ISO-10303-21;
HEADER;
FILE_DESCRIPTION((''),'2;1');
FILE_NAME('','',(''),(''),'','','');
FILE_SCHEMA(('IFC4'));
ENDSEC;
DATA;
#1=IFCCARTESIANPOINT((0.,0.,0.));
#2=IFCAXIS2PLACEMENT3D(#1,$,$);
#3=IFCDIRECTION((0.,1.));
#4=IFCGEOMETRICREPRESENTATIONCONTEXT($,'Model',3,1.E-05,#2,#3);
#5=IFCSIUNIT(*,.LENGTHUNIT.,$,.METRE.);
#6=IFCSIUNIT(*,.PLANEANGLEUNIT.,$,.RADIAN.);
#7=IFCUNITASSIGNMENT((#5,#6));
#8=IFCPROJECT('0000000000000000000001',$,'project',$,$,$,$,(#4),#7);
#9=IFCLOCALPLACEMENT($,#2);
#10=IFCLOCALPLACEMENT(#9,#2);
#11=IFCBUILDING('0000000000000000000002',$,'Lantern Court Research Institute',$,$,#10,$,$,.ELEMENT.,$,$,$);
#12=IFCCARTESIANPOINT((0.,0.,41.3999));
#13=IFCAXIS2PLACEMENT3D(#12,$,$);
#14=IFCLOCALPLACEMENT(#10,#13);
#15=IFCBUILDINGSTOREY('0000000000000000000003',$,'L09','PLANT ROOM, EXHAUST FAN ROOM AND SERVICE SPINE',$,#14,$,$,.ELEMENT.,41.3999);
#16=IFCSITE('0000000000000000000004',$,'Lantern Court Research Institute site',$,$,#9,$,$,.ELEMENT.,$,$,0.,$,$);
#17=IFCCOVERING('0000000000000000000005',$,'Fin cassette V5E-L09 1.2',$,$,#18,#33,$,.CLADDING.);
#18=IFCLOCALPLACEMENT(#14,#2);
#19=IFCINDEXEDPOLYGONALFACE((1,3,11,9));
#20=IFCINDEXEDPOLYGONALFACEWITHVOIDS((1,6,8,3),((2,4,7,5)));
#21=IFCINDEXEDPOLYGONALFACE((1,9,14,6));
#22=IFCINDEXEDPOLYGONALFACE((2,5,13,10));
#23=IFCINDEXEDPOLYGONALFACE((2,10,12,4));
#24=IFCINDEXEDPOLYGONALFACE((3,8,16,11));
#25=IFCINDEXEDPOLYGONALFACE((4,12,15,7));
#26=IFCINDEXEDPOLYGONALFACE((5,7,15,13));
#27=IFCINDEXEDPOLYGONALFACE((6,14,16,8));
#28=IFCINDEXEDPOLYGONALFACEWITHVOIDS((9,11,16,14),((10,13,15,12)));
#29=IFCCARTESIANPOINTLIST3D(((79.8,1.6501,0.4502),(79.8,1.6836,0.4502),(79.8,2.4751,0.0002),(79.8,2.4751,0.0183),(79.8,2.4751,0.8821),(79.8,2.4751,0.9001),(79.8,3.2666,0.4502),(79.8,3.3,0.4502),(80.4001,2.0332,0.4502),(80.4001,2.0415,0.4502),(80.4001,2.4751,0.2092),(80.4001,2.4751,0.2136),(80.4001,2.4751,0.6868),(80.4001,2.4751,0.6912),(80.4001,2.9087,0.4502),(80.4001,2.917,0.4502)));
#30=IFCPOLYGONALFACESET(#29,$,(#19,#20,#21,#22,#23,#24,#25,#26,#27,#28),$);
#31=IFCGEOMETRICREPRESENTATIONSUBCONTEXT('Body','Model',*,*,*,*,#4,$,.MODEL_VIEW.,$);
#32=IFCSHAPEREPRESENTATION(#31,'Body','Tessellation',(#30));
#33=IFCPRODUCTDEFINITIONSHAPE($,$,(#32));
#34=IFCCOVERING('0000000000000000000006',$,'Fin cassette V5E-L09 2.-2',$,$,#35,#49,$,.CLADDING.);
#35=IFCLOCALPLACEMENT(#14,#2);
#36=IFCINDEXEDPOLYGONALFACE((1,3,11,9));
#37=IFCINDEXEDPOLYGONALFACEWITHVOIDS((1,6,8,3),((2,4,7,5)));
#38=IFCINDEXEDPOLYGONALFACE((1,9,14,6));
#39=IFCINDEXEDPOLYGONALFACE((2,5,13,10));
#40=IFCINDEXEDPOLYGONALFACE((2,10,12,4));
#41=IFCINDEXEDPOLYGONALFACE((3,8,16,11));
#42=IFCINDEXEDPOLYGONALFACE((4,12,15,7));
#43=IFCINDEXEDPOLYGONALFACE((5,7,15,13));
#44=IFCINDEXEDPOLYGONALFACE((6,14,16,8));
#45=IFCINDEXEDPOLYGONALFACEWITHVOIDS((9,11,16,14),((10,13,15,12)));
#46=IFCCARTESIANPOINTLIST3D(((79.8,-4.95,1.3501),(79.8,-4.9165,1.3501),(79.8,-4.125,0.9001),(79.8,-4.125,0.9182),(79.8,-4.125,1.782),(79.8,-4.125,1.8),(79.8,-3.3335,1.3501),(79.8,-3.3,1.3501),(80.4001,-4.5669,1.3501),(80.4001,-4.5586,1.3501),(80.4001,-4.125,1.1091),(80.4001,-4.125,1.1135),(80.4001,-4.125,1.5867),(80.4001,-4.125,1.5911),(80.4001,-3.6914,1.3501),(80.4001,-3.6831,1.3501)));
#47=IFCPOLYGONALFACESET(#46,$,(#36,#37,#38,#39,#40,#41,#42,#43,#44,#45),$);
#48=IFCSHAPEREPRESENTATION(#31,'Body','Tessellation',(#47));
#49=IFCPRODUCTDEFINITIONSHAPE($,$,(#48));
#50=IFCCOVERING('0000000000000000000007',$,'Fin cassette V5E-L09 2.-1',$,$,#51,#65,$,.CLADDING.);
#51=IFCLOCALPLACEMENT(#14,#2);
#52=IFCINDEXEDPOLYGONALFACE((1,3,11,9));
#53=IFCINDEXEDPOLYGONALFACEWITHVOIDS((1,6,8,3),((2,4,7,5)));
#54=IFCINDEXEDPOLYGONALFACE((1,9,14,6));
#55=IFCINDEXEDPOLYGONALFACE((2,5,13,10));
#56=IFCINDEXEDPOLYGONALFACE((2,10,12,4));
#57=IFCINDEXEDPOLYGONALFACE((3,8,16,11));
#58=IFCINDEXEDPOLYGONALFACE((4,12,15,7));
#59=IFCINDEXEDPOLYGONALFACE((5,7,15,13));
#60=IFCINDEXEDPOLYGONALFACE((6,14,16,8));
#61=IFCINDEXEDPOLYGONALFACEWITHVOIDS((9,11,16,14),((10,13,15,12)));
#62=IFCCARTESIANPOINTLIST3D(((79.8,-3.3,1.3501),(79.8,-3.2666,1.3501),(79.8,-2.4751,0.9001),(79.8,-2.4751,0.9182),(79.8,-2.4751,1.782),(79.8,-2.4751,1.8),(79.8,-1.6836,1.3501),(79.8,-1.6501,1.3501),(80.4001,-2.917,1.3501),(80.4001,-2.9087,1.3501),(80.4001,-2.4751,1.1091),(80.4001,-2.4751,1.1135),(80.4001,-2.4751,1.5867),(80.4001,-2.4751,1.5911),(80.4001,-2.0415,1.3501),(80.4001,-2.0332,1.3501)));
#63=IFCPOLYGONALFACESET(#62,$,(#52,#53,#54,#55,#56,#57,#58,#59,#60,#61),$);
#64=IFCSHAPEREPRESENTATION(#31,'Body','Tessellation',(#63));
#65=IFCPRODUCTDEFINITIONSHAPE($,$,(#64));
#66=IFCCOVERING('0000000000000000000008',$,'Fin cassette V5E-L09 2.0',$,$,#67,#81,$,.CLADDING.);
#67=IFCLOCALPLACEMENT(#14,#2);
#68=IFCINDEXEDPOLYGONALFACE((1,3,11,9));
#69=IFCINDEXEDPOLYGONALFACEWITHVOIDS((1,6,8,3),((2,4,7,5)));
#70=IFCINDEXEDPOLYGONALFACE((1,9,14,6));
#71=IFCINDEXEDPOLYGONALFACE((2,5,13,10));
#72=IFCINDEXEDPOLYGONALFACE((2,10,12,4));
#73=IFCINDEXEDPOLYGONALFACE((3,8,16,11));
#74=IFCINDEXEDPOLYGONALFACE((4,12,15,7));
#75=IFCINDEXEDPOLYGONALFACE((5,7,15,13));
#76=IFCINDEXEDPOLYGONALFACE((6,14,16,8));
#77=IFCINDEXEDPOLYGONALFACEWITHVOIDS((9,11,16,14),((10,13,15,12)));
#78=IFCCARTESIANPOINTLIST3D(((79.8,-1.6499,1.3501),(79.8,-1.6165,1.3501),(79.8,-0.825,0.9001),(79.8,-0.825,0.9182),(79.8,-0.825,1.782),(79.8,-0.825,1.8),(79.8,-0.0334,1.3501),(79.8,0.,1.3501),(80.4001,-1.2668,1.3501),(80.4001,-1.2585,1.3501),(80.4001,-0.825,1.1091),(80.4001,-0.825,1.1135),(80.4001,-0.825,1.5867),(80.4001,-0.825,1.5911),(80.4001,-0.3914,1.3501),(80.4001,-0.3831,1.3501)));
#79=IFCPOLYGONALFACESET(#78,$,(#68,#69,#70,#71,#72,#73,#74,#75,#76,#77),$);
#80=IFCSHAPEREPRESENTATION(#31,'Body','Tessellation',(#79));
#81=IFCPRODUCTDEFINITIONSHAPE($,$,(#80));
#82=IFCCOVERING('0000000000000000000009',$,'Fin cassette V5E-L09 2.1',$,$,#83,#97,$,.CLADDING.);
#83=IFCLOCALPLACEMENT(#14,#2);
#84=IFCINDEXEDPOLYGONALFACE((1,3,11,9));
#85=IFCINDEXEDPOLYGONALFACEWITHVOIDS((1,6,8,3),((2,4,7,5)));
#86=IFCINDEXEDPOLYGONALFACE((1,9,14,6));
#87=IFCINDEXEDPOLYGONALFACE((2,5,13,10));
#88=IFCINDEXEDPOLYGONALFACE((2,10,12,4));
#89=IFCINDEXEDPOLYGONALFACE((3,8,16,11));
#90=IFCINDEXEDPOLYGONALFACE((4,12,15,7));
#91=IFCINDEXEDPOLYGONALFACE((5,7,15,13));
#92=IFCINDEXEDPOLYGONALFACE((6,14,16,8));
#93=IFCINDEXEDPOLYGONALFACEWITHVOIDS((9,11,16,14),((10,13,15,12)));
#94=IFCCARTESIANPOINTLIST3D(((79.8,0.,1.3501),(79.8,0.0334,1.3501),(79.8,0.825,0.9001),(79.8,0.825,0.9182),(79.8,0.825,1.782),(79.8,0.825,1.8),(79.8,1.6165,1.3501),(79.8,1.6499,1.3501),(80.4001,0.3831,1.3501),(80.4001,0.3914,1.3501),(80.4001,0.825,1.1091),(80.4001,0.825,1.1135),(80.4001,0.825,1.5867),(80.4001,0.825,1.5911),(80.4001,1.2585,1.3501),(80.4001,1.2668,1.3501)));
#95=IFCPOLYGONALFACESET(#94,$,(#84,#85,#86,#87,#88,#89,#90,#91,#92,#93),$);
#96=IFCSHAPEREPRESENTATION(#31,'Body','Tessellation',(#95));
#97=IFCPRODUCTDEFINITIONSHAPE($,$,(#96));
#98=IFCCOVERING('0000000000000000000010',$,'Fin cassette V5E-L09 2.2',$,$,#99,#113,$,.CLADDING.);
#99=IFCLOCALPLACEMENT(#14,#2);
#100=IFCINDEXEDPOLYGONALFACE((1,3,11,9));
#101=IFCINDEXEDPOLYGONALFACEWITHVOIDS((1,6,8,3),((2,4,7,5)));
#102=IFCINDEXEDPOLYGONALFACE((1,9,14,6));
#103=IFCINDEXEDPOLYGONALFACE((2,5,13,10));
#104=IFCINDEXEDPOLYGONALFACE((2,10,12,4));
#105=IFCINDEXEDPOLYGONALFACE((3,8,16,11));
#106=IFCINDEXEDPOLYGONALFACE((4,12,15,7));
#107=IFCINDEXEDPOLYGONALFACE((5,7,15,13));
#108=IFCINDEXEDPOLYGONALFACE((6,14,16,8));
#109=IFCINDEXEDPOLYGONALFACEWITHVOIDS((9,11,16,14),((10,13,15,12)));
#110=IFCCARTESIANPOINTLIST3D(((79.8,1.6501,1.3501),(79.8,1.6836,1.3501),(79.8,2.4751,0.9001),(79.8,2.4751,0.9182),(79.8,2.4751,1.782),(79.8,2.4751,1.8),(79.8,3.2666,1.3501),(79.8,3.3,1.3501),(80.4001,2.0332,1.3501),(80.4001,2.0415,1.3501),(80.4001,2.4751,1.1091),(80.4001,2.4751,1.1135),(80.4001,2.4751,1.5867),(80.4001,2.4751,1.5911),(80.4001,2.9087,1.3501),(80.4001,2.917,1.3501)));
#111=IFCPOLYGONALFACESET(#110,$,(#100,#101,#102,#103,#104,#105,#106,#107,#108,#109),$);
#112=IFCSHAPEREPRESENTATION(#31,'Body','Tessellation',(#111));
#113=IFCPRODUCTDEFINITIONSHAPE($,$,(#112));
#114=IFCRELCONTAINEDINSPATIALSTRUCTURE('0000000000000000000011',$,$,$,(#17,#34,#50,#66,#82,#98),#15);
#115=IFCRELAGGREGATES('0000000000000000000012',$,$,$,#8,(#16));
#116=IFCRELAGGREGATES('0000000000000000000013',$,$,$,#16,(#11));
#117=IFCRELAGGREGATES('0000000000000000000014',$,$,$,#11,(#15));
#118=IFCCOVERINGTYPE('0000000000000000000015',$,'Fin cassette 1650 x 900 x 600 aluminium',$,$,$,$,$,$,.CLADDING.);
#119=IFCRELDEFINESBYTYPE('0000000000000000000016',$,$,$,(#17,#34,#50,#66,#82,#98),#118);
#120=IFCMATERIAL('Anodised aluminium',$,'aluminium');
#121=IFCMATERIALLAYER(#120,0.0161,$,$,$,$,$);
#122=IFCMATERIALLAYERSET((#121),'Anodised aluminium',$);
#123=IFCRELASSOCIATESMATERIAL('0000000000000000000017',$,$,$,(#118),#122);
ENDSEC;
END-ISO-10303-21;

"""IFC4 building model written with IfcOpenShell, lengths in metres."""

from ifc_helpers import new_model, entity, si_unit, direction, frame, origin, place, context, subcontext, project, spatial, material, layer, layer_set, type_object, element, save


model = new_model("IFC4")

# Units and contexts
model_context = context("Model", 3, precision=1e-05, world=origin(), true_north=direction((0.0, 1.0)))
body_context = subcontext(model_context, "Body", "Model", "MODEL_VIEW")
ifc_project = project(units=[si_unit("LENGTHUNIT", "METRE"), si_unit("PLANEANGLEUNIT", "RADIAN")], contexts=[model_context])

# Site, building, storey
site_placement = place(None, origin())
site = spatial("IfcSite", under=ifc_project, at=site_placement, Name="Lantern Court Research Institute site", CompositionType="ELEMENT", RefElevation=0.0)
building_placement = place(site_placement, origin())
building = spatial("IfcBuilding", under=site, at=building_placement, Name="Lantern Court Research Institute", CompositionType="ELEMENT")
storey_placement = place(building_placement, frame((0.0, 0.0, 41.3999)))
storey = spatial("IfcBuildingStorey", under=building, at=storey_placement, Name="L09", Description="PLANT ROOM, EXHAUST FAN ROOM AND SERVICE SPINE", CompositionType="ELEMENT", Elevation=41.3999)

# Coverings
ifc_material_1 = material(Name="Anodised aluminium", Category="aluminium")
ifc_layer_1 = layer(ifc_material_1, 0.0161)
ifc_layer_set_1 = layer_set([ifc_layer_1], Name="Anodised aluminium")
covering_type = type_object("IfcCoveringType", Name="Fin cassette 1650 x 900 x 600 aluminium", PredefinedType="CLADDING", material=ifc_layer_set_1)
covering_1_placement = place(storey_placement, frame((79.8, 2.4751, 0.4502), z_axis=(1.0, 0.0, 0.0), x_axis=(0.0, 1.0, 0.0)))
cartesian_point_1 = entity("IfcCartesianPoint", [0.825, 0.0])
cartesian_point_2 = entity("IfcCartesianPoint", [0.7915, 0.0])
cartesian_point_3 = entity("IfcCartesianPoint", [0.4419, 0.0])
cartesian_point_4 = entity("IfcCartesianPoint", [0.4336, 0.0])
element("IfcCovering", 1, at=covering_1_placement, inside=storey, type_object=covering_type, Name="Fin cassette V5E-L09 1.2", PredefinedType="CLADDING", context=body_context, shape_type="SweptSolid", body=[
    entity("IfcExtrudedAreaSolidTapered", entity("IfcArbitraryProfileDefWithVoids", "AREA", None, entity("IfcPolyline", [cartesian_point_1, entity("IfcCartesianPoint", [0.0, 0.45]), entity("IfcCartesianPoint", [-0.825, 0.0]), entity("IfcCartesianPoint", [0.0, -0.45]), cartesian_point_1]), [entity("IfcPolyline", [cartesian_point_2, entity("IfcCartesianPoint", [0.0, 0.4319]), entity("IfcCartesianPoint", [-0.7915, 0.0]), entity("IfcCartesianPoint", [0.0, -0.4319]), cartesian_point_2])]), entity("IfcAxis2Placement3D", entity("IfcCartesianPoint", [0.0, 0.0, 0.0])), entity("IfcDirection", [0.0, 0.0, 1.0]), 0.6001, entity("IfcArbitraryProfileDefWithVoids", "AREA", None, entity("IfcPolyline", [cartesian_point_3, entity("IfcCartesianPoint", [0.0, 0.241]), entity("IfcCartesianPoint", [-0.4419, 0.0]), entity("IfcCartesianPoint", [0.0, -0.241]), cartesian_point_3]), [entity("IfcPolyline", [cartesian_point_4, entity("IfcCartesianPoint", [0.0, 0.2366]), entity("IfcCartesianPoint", [-0.4336, 0.0]), entity("IfcCartesianPoint", [0.0, -0.2366]), cartesian_point_4])])),
])
covering_2_placement = place(storey_placement, frame((79.8, -4.125, 1.3501), z_axis=(1.0, 0.0, 0.0), x_axis=(0.0, 1.0, 0.0)))
cartesian_point_5 = entity("IfcCartesianPoint", [0.825, 0.0])
cartesian_point_6 = entity("IfcCartesianPoint", [0.7915, 0.0])
cartesian_point_7 = entity("IfcCartesianPoint", [0.4419, 0.0])
cartesian_point_8 = entity("IfcCartesianPoint", [0.4336, 0.0])
element("IfcCovering", 2, at=covering_2_placement, inside=storey, type_object=covering_type, Name="Fin cassette V5E-L09 2.-2", PredefinedType="CLADDING", context=body_context, shape_type="SweptSolid", body=[
    entity("IfcExtrudedAreaSolidTapered", entity("IfcArbitraryProfileDefWithVoids", "AREA", None, entity("IfcPolyline", [cartesian_point_5, entity("IfcCartesianPoint", [0.0, 0.45]), entity("IfcCartesianPoint", [-0.825, 0.0]), entity("IfcCartesianPoint", [0.0, -0.45]), cartesian_point_5]), [entity("IfcPolyline", [cartesian_point_6, entity("IfcCartesianPoint", [0.0, 0.4319]), entity("IfcCartesianPoint", [-0.7915, 0.0]), entity("IfcCartesianPoint", [0.0, -0.4319]), cartesian_point_6])]), entity("IfcAxis2Placement3D", entity("IfcCartesianPoint", [0.0, 0.0, 0.0])), entity("IfcDirection", [0.0, 0.0, 1.0]), 0.6001, entity("IfcArbitraryProfileDefWithVoids", "AREA", None, entity("IfcPolyline", [cartesian_point_7, entity("IfcCartesianPoint", [0.0, 0.241]), entity("IfcCartesianPoint", [-0.4419, 0.0]), entity("IfcCartesianPoint", [0.0, -0.241]), cartesian_point_7]), [entity("IfcPolyline", [cartesian_point_8, entity("IfcCartesianPoint", [0.0, 0.2366]), entity("IfcCartesianPoint", [-0.4336, 0.0]), entity("IfcCartesianPoint", [0.0, -0.2366]), cartesian_point_8])])),
])
covering_3_placement = place(storey_placement, frame((79.8, -2.4751, 1.3501), z_axis=(1.0, 0.0, 0.0), x_axis=(0.0, 1.0, 0.0)))
cartesian_point_9 = entity("IfcCartesianPoint", [0.825, 0.0])
cartesian_point_10 = entity("IfcCartesianPoint", [0.7915, 0.0])
cartesian_point_11 = entity("IfcCartesianPoint", [0.4419, 0.0])
cartesian_point_12 = entity("IfcCartesianPoint", [0.4336, 0.0])
element("IfcCovering", 3, at=covering_3_placement, inside=storey, type_object=covering_type, Name="Fin cassette V5E-L09 2.-1", PredefinedType="CLADDING", context=body_context, shape_type="SweptSolid", body=[
    entity("IfcExtrudedAreaSolidTapered", entity("IfcArbitraryProfileDefWithVoids", "AREA", None, entity("IfcPolyline", [cartesian_point_9, entity("IfcCartesianPoint", [0.0, 0.45]), entity("IfcCartesianPoint", [-0.825, 0.0]), entity("IfcCartesianPoint", [0.0, -0.45]), cartesian_point_9]), [entity("IfcPolyline", [cartesian_point_10, entity("IfcCartesianPoint", [0.0, 0.4319]), entity("IfcCartesianPoint", [-0.7915, 0.0]), entity("IfcCartesianPoint", [0.0, -0.4319]), cartesian_point_10])]), entity("IfcAxis2Placement3D", entity("IfcCartesianPoint", [0.0, 0.0, 0.0])), entity("IfcDirection", [0.0, 0.0, 1.0]), 0.6001, entity("IfcArbitraryProfileDefWithVoids", "AREA", None, entity("IfcPolyline", [cartesian_point_11, entity("IfcCartesianPoint", [0.0, 0.241]), entity("IfcCartesianPoint", [-0.4419, 0.0]), entity("IfcCartesianPoint", [0.0, -0.241]), cartesian_point_11]), [entity("IfcPolyline", [cartesian_point_12, entity("IfcCartesianPoint", [0.0, 0.2366]), entity("IfcCartesianPoint", [-0.4336, 0.0]), entity("IfcCartesianPoint", [0.0, -0.2366]), cartesian_point_12])])),
])
covering_4_placement = place(storey_placement, frame((79.8, -0.825, 1.3501), z_axis=(1.0, 0.0, 0.0), x_axis=(0.0, 1.0, 0.0)))
cartesian_point_13 = entity("IfcCartesianPoint", [0.825, 0.0])
cartesian_point_14 = entity("IfcCartesianPoint", [0.7915, 0.0])
cartesian_point_15 = entity("IfcCartesianPoint", [0.4419, 0.0])
cartesian_point_16 = entity("IfcCartesianPoint", [0.4336, 0.0])
element("IfcCovering", 4, at=covering_4_placement, inside=storey, type_object=covering_type, Name="Fin cassette V5E-L09 2.0", PredefinedType="CLADDING", context=body_context, shape_type="SweptSolid", body=[
    entity("IfcExtrudedAreaSolidTapered", entity("IfcArbitraryProfileDefWithVoids", "AREA", None, entity("IfcPolyline", [cartesian_point_13, entity("IfcCartesianPoint", [0.0, 0.45]), entity("IfcCartesianPoint", [-0.825, 0.0]), entity("IfcCartesianPoint", [0.0, -0.45]), cartesian_point_13]), [entity("IfcPolyline", [cartesian_point_14, entity("IfcCartesianPoint", [0.0, 0.4319]), entity("IfcCartesianPoint", [-0.7915, 0.0]), entity("IfcCartesianPoint", [0.0, -0.4319]), cartesian_point_14])]), entity("IfcAxis2Placement3D", entity("IfcCartesianPoint", [0.0, 0.0, 0.0])), entity("IfcDirection", [0.0, 0.0, 1.0]), 0.6001, entity("IfcArbitraryProfileDefWithVoids", "AREA", None, entity("IfcPolyline", [cartesian_point_15, entity("IfcCartesianPoint", [0.0, 0.241]), entity("IfcCartesianPoint", [-0.4419, 0.0]), entity("IfcCartesianPoint", [0.0, -0.241]), cartesian_point_15]), [entity("IfcPolyline", [cartesian_point_16, entity("IfcCartesianPoint", [0.0, 0.2366]), entity("IfcCartesianPoint", [-0.4336, 0.0]), entity("IfcCartesianPoint", [0.0, -0.2366]), cartesian_point_16])])),
])
covering_5_placement = place(storey_placement, frame((79.8, 0.825, 1.3501), z_axis=(1.0, 0.0, 0.0), x_axis=(0.0, 1.0, 0.0)))
cartesian_point_17 = entity("IfcCartesianPoint", [0.825, 0.0])
cartesian_point_18 = entity("IfcCartesianPoint", [0.7915, 0.0])
cartesian_point_19 = entity("IfcCartesianPoint", [0.4419, 0.0])
cartesian_point_20 = entity("IfcCartesianPoint", [0.4336, 0.0])
element("IfcCovering", 5, at=covering_5_placement, inside=storey, type_object=covering_type, Name="Fin cassette V5E-L09 2.1", PredefinedType="CLADDING", context=body_context, shape_type="SweptSolid", body=[
    entity("IfcExtrudedAreaSolidTapered", entity("IfcArbitraryProfileDefWithVoids", "AREA", None, entity("IfcPolyline", [cartesian_point_17, entity("IfcCartesianPoint", [0.0, 0.45]), entity("IfcCartesianPoint", [-0.825, 0.0]), entity("IfcCartesianPoint", [0.0, -0.45]), cartesian_point_17]), [entity("IfcPolyline", [cartesian_point_18, entity("IfcCartesianPoint", [0.0, 0.4319]), entity("IfcCartesianPoint", [-0.7915, 0.0]), entity("IfcCartesianPoint", [0.0, -0.4319]), cartesian_point_18])]), entity("IfcAxis2Placement3D", entity("IfcCartesianPoint", [0.0, 0.0, 0.0])), entity("IfcDirection", [0.0, 0.0, 1.0]), 0.6001, entity("IfcArbitraryProfileDefWithVoids", "AREA", None, entity("IfcPolyline", [cartesian_point_19, entity("IfcCartesianPoint", [0.0, 0.241]), entity("IfcCartesianPoint", [-0.4419, 0.0]), entity("IfcCartesianPoint", [0.0, -0.241]), cartesian_point_19]), [entity("IfcPolyline", [cartesian_point_20, entity("IfcCartesianPoint", [0.0, 0.2366]), entity("IfcCartesianPoint", [-0.4336, 0.0]), entity("IfcCartesianPoint", [0.0, -0.2366]), cartesian_point_20])])),
])
covering_6_placement = place(storey_placement, frame((79.8, 2.4751, 1.3501), z_axis=(1.0, 0.0, 0.0), x_axis=(0.0, 1.0, 0.0)))
cartesian_point_21 = entity("IfcCartesianPoint", [0.825, 0.0])
cartesian_point_22 = entity("IfcCartesianPoint", [0.7915, 0.0])
cartesian_point_23 = entity("IfcCartesianPoint", [0.4419, 0.0])
cartesian_point_24 = entity("IfcCartesianPoint", [0.4336, 0.0])
element("IfcCovering", 6, at=covering_6_placement, inside=storey, type_object=covering_type, Name="Fin cassette V5E-L09 2.2", PredefinedType="CLADDING", context=body_context, shape_type="SweptSolid", body=[
    entity("IfcExtrudedAreaSolidTapered", entity("IfcArbitraryProfileDefWithVoids", "AREA", None, entity("IfcPolyline", [cartesian_point_21, entity("IfcCartesianPoint", [0.0, 0.45]), entity("IfcCartesianPoint", [-0.825, 0.0]), entity("IfcCartesianPoint", [0.0, -0.45]), cartesian_point_21]), [entity("IfcPolyline", [cartesian_point_22, entity("IfcCartesianPoint", [0.0, 0.4319]), entity("IfcCartesianPoint", [-0.7915, 0.0]), entity("IfcCartesianPoint", [0.0, -0.4319]), cartesian_point_22])]), entity("IfcAxis2Placement3D", entity("IfcCartesianPoint", [0.0, 0.0, 0.0])), entity("IfcDirection", [0.0, 0.0, 1.0]), 0.6001, entity("IfcArbitraryProfileDefWithVoids", "AREA", None, entity("IfcPolyline", [cartesian_point_23, entity("IfcCartesianPoint", [0.0, 0.241]), entity("IfcCartesianPoint", [-0.4419, 0.0]), entity("IfcCartesianPoint", [0.0, -0.241]), cartesian_point_23]), [entity("IfcPolyline", [cartesian_point_24, entity("IfcCartesianPoint", [0.0, 0.2366]), entity("IfcCartesianPoint", [-0.4336, 0.0]), entity("IfcCartesianPoint", [0.0, -0.2366]), cartesian_point_24])])),
])

save(model, "model.ifc")
